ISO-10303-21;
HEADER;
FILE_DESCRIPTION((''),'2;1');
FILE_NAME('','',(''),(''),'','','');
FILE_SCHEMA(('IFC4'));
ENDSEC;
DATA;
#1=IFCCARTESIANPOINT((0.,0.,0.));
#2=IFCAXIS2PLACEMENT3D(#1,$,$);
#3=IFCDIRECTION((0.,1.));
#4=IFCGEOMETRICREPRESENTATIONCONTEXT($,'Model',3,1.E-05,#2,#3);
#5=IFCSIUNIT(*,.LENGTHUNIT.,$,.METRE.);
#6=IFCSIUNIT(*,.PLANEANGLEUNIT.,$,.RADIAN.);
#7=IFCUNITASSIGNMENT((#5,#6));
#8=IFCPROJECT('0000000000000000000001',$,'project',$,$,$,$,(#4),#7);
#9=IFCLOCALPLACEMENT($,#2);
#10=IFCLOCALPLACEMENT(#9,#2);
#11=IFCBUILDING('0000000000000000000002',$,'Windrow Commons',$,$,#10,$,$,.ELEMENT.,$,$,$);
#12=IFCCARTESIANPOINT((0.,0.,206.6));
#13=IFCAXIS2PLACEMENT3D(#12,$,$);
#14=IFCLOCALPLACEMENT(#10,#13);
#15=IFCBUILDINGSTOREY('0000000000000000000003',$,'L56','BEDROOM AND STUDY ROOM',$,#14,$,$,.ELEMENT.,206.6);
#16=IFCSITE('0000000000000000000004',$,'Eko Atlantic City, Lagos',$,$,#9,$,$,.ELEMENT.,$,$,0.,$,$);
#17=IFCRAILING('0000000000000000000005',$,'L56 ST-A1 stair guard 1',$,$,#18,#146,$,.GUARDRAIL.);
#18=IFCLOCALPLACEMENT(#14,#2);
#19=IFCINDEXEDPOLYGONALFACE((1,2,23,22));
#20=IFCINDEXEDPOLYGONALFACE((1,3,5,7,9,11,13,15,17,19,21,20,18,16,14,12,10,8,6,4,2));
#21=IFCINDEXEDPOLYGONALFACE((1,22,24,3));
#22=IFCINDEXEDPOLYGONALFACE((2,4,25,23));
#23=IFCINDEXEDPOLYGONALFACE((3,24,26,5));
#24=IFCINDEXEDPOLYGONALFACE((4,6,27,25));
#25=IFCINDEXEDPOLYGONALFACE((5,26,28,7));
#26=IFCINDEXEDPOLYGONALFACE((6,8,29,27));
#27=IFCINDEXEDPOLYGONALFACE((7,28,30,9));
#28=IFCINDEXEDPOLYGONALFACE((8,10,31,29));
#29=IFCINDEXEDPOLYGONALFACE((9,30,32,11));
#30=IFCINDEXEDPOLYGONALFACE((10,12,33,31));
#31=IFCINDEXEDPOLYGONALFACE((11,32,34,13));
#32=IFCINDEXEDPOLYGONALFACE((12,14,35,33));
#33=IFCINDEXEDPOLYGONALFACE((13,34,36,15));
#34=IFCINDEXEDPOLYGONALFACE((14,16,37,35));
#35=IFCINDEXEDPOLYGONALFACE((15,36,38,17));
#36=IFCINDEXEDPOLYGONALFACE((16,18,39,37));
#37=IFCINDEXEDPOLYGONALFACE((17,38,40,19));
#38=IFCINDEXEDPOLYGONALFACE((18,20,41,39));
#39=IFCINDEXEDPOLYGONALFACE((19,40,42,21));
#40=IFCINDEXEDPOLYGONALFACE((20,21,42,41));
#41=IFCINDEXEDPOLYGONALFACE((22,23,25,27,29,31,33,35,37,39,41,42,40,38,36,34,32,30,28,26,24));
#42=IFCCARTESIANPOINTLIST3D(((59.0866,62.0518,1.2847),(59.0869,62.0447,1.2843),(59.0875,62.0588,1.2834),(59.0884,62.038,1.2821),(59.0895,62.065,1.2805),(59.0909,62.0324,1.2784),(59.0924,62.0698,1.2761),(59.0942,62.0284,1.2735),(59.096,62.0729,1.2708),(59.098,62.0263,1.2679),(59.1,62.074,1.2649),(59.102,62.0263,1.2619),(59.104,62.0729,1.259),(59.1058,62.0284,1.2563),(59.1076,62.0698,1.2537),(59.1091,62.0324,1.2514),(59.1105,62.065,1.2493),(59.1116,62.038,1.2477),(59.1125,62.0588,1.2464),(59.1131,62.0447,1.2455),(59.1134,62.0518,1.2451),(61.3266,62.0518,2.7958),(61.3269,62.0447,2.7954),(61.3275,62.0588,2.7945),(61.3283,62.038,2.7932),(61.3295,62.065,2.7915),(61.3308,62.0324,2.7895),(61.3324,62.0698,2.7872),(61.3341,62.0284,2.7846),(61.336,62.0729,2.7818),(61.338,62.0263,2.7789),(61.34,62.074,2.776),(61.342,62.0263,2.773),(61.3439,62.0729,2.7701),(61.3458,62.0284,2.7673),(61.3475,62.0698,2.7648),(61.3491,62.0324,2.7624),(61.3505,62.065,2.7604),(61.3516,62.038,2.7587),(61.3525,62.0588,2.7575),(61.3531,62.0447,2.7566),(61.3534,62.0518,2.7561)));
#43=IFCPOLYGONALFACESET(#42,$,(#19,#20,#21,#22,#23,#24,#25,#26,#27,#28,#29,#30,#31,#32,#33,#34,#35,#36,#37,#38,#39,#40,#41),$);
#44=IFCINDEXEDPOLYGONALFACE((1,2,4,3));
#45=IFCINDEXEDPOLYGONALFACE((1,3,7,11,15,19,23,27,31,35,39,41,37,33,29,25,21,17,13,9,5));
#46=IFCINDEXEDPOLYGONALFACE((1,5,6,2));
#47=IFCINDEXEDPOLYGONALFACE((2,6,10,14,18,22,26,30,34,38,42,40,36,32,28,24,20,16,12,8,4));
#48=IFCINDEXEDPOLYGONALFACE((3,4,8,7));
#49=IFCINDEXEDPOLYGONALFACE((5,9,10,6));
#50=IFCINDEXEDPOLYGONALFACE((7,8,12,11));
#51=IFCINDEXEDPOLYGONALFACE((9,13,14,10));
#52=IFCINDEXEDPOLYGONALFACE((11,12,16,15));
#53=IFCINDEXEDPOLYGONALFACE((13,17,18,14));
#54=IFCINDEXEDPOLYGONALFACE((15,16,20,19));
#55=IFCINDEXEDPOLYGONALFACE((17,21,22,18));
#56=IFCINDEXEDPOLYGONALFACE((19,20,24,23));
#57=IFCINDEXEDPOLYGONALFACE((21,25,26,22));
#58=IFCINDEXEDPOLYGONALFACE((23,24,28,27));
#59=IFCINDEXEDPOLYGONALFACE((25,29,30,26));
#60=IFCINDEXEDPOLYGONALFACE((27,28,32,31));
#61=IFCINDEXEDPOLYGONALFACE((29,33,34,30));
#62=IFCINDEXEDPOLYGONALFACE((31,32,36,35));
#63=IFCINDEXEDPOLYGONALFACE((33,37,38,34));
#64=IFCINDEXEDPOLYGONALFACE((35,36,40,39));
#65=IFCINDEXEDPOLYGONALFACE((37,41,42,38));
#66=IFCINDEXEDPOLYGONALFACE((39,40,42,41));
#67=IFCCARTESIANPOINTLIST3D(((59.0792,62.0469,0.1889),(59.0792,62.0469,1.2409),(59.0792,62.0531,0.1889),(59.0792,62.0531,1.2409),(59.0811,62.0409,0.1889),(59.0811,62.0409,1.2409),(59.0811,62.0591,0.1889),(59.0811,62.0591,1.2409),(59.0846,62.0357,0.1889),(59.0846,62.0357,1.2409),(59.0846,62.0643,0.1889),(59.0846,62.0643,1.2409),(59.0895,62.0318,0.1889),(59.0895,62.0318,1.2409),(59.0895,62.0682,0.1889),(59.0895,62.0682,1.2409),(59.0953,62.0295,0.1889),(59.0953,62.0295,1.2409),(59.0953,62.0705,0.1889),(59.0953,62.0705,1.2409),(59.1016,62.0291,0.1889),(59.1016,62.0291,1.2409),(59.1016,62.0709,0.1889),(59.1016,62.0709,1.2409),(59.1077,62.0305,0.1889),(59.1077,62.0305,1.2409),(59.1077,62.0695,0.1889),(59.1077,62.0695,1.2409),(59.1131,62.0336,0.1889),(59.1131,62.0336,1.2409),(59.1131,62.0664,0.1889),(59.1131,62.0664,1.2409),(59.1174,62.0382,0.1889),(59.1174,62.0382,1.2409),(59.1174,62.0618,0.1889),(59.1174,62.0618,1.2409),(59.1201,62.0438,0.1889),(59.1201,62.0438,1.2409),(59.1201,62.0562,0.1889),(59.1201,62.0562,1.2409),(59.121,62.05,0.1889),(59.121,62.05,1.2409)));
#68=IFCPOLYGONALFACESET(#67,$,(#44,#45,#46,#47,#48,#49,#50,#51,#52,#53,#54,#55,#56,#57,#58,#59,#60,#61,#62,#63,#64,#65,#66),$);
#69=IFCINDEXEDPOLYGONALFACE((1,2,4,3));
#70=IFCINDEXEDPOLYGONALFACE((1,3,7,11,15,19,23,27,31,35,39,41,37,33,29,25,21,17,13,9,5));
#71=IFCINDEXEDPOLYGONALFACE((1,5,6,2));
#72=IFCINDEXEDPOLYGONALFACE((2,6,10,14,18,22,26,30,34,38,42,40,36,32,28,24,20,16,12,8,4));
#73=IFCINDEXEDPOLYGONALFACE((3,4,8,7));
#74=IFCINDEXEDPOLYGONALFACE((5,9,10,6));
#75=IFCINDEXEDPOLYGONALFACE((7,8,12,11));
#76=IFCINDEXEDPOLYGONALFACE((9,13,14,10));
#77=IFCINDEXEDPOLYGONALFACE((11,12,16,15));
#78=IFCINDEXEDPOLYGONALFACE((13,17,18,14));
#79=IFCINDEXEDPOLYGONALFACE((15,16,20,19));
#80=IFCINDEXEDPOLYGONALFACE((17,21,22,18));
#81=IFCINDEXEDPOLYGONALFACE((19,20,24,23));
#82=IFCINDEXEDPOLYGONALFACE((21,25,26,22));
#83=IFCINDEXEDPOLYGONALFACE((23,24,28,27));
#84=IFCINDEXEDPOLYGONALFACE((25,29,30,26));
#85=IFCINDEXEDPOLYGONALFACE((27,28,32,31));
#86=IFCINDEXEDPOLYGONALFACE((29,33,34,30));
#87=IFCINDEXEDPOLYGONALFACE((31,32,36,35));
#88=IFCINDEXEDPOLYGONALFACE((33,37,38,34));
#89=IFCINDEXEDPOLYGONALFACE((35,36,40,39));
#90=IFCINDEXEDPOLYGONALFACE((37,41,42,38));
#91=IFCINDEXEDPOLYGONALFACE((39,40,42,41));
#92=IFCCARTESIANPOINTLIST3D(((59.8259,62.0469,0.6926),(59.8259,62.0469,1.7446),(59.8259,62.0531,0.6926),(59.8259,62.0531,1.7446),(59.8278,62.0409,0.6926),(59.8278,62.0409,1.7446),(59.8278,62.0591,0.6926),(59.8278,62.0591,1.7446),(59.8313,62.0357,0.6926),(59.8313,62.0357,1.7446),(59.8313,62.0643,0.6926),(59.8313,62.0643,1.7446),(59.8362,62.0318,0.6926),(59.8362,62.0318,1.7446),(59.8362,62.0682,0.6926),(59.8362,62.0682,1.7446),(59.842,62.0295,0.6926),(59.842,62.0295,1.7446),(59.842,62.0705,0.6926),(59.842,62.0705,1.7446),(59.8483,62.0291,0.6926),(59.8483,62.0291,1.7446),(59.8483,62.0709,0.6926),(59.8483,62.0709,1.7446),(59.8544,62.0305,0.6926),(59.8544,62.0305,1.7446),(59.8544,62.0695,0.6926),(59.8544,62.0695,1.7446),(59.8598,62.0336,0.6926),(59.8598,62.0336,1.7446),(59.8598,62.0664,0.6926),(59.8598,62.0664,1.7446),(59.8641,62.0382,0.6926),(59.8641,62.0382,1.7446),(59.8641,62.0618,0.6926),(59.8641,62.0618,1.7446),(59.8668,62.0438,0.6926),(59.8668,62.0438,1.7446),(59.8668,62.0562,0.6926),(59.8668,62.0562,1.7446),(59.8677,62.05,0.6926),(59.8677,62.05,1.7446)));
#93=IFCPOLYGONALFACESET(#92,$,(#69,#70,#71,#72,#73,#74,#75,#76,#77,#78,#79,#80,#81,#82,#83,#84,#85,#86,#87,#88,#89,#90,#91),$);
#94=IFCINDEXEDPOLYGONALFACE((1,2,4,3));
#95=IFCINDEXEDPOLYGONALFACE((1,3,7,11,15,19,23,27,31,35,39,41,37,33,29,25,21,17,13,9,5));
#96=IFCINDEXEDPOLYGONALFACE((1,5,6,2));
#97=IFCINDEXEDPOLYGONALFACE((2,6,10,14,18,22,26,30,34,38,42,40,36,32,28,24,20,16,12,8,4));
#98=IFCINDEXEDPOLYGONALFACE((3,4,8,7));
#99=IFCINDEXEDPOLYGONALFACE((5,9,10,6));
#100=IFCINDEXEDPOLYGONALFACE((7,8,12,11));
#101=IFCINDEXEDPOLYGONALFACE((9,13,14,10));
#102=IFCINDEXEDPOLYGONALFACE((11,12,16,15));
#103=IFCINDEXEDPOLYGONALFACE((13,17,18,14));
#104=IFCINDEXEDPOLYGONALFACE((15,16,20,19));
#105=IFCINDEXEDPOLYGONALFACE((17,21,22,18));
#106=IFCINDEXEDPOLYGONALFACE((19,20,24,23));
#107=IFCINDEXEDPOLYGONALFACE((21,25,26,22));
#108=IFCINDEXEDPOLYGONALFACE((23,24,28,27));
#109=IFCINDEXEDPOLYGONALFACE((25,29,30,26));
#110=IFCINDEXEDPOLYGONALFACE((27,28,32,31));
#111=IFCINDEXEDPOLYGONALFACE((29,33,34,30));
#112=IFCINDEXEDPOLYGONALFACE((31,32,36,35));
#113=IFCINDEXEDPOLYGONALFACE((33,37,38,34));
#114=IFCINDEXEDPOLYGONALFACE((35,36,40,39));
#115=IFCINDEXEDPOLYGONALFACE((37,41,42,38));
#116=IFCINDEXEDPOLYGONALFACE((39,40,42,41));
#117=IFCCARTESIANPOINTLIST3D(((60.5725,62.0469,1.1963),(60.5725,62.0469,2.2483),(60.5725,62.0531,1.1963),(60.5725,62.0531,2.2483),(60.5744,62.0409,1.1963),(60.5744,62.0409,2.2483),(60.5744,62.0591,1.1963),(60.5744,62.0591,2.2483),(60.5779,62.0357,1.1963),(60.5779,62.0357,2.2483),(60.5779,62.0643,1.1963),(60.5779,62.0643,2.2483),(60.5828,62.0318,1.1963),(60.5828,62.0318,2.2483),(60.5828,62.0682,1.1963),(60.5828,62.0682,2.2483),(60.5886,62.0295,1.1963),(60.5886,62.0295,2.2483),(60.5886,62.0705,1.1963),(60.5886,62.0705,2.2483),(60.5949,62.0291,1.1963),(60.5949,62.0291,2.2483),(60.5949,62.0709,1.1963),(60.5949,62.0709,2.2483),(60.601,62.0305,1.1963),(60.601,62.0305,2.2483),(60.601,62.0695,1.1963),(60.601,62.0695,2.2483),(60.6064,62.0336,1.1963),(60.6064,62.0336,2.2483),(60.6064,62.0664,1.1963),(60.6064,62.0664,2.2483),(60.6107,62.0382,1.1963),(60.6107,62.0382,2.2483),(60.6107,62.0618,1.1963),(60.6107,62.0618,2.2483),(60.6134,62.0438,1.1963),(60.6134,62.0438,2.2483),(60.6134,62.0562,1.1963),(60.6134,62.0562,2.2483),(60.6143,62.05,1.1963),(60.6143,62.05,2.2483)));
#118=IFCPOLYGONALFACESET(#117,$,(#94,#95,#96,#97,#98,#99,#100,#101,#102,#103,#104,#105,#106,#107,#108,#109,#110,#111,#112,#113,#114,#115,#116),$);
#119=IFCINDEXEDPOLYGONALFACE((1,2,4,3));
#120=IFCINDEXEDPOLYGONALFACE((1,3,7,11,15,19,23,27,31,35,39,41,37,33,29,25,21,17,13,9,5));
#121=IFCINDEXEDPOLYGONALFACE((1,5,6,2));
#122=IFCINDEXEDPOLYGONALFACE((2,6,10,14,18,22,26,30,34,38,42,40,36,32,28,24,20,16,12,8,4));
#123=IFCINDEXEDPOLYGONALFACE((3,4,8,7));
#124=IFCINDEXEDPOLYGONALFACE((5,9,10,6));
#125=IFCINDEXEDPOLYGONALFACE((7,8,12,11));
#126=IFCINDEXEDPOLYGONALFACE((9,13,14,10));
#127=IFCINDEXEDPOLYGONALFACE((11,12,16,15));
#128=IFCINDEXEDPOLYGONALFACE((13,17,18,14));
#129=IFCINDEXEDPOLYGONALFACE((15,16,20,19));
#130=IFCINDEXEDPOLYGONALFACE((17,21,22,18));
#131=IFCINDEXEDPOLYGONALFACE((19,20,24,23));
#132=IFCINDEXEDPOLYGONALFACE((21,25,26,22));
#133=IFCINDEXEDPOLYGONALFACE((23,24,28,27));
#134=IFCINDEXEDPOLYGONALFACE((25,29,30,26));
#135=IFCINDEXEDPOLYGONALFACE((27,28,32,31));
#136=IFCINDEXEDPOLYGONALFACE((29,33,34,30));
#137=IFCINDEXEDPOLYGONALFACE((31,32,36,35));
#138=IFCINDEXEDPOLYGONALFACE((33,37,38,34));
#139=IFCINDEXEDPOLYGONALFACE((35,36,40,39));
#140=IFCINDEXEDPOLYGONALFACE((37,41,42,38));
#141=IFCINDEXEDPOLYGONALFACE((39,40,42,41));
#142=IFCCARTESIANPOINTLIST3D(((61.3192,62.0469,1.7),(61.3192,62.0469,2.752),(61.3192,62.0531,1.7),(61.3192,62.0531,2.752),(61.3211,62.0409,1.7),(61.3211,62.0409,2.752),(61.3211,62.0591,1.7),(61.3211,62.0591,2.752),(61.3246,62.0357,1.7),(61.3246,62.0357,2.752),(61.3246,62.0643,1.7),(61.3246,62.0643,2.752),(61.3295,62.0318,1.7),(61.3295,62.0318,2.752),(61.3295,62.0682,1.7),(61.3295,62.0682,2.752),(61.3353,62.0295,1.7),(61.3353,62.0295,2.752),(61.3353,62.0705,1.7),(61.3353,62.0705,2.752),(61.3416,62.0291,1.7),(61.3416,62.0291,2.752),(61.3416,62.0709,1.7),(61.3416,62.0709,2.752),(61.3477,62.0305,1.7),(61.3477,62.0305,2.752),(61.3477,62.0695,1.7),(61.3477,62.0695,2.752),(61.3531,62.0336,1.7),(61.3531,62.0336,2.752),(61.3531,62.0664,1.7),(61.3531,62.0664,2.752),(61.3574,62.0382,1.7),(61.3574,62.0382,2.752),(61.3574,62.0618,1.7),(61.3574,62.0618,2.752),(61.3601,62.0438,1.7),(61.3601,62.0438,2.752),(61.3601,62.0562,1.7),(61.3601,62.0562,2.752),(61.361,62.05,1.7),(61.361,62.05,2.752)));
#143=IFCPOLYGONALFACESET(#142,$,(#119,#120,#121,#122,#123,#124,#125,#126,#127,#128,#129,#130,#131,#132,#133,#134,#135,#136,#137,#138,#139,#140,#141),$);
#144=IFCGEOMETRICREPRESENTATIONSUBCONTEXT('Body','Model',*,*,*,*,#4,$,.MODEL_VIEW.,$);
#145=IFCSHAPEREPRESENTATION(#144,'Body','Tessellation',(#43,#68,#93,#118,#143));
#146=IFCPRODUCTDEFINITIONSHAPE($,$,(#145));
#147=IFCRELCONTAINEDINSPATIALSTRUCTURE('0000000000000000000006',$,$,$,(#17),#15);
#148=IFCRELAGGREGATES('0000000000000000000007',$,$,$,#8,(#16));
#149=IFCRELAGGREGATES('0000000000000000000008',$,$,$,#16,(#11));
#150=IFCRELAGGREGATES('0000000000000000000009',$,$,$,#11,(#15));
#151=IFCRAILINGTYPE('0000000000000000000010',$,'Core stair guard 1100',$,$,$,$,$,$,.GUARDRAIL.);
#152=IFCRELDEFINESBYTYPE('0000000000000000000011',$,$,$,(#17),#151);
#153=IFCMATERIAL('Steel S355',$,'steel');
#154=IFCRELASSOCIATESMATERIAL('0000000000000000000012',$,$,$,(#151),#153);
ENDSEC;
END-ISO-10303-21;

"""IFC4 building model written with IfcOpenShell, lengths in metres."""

from ifc_helpers import new_model, si_unit, direction, frame, origin, origin_2d, place, context, subcontext, project, spatial, circle, extrude, material, type_object, element, save


model = new_model("IFC4")

# Units and contexts
model_context = context("Model", 3, precision=1e-05, world=origin(), true_north=direction((0.0, 1.0)))
body_context = subcontext(model_context, "Body", "Model", "MODEL_VIEW")
ifc_project = project(units=[si_unit("LENGTHUNIT", "METRE"), si_unit("PLANEANGLEUNIT", "RADIAN")], contexts=[model_context])

# Site, building, storey
site_placement = place(None, origin())
site = spatial("IfcSite", under=ifc_project, at=site_placement, Name="Eko Atlantic City, Lagos", CompositionType="ELEMENT", RefElevation=0.0)
building_placement = place(site_placement, origin())
building = spatial("IfcBuilding", under=site, at=building_placement, Name="Windrow Commons", CompositionType="ELEMENT")
storey_placement = place(building_placement, frame((0.0, 0.0, 206.6)))
storey = spatial("IfcBuildingStorey", under=building, at=storey_placement, Name="L56", Description="BEDROOM AND STUDY ROOM", CompositionType="ELEMENT", Elevation=206.6)

# Railing
ifc_material_1 = material(Name="Steel S355", Category="steel")
railing_type_1 = type_object("IfcRailingType", Name="Core stair guard 1100", PredefinedType="GUARDRAIL", material=ifc_material_1)
railing_1_placement = place(storey_placement, frame((59.1, 62.05, 0.1889)))
element("IfcRailing", 1, at=railing_1_placement, inside=storey, type_object=railing_type_1, Name="L56 ST-A1 stair guard 1", PredefinedType="GUARDRAIL", context=body_context, shape_type="SweptSolid", body=[
    extrude(circle(Radius=0.024, at=origin_2d()), frame((0.0, 0.0, 1.076), z_axis=(0.829003, 0.0, 0.559244), x_axis=(0.0, 1.0, 0.0)), (0.0, 0.0, 1.0), 2.702),
    extrude(circle(Radius=0.021, at=origin_2d()), origin(), (0.0, 0.0, 1.0), 1.052),
    extrude(circle(Radius=0.021, at=origin_2d()), frame((0.7467, 0.0, 0.5037)), (0.0, 0.0, 1.0), 1.052),
    extrude(circle(Radius=0.021, at=origin_2d()), frame((1.4933, 0.0, 1.0074)), (0.0, 0.0, 1.0), 1.052),
    extrude(circle(Radius=0.021, at=origin_2d()), frame((2.24, 0.0, 1.5111)), (0.0, 0.0, 1.0), 1.052),
])

save(model, "model.ifc")
